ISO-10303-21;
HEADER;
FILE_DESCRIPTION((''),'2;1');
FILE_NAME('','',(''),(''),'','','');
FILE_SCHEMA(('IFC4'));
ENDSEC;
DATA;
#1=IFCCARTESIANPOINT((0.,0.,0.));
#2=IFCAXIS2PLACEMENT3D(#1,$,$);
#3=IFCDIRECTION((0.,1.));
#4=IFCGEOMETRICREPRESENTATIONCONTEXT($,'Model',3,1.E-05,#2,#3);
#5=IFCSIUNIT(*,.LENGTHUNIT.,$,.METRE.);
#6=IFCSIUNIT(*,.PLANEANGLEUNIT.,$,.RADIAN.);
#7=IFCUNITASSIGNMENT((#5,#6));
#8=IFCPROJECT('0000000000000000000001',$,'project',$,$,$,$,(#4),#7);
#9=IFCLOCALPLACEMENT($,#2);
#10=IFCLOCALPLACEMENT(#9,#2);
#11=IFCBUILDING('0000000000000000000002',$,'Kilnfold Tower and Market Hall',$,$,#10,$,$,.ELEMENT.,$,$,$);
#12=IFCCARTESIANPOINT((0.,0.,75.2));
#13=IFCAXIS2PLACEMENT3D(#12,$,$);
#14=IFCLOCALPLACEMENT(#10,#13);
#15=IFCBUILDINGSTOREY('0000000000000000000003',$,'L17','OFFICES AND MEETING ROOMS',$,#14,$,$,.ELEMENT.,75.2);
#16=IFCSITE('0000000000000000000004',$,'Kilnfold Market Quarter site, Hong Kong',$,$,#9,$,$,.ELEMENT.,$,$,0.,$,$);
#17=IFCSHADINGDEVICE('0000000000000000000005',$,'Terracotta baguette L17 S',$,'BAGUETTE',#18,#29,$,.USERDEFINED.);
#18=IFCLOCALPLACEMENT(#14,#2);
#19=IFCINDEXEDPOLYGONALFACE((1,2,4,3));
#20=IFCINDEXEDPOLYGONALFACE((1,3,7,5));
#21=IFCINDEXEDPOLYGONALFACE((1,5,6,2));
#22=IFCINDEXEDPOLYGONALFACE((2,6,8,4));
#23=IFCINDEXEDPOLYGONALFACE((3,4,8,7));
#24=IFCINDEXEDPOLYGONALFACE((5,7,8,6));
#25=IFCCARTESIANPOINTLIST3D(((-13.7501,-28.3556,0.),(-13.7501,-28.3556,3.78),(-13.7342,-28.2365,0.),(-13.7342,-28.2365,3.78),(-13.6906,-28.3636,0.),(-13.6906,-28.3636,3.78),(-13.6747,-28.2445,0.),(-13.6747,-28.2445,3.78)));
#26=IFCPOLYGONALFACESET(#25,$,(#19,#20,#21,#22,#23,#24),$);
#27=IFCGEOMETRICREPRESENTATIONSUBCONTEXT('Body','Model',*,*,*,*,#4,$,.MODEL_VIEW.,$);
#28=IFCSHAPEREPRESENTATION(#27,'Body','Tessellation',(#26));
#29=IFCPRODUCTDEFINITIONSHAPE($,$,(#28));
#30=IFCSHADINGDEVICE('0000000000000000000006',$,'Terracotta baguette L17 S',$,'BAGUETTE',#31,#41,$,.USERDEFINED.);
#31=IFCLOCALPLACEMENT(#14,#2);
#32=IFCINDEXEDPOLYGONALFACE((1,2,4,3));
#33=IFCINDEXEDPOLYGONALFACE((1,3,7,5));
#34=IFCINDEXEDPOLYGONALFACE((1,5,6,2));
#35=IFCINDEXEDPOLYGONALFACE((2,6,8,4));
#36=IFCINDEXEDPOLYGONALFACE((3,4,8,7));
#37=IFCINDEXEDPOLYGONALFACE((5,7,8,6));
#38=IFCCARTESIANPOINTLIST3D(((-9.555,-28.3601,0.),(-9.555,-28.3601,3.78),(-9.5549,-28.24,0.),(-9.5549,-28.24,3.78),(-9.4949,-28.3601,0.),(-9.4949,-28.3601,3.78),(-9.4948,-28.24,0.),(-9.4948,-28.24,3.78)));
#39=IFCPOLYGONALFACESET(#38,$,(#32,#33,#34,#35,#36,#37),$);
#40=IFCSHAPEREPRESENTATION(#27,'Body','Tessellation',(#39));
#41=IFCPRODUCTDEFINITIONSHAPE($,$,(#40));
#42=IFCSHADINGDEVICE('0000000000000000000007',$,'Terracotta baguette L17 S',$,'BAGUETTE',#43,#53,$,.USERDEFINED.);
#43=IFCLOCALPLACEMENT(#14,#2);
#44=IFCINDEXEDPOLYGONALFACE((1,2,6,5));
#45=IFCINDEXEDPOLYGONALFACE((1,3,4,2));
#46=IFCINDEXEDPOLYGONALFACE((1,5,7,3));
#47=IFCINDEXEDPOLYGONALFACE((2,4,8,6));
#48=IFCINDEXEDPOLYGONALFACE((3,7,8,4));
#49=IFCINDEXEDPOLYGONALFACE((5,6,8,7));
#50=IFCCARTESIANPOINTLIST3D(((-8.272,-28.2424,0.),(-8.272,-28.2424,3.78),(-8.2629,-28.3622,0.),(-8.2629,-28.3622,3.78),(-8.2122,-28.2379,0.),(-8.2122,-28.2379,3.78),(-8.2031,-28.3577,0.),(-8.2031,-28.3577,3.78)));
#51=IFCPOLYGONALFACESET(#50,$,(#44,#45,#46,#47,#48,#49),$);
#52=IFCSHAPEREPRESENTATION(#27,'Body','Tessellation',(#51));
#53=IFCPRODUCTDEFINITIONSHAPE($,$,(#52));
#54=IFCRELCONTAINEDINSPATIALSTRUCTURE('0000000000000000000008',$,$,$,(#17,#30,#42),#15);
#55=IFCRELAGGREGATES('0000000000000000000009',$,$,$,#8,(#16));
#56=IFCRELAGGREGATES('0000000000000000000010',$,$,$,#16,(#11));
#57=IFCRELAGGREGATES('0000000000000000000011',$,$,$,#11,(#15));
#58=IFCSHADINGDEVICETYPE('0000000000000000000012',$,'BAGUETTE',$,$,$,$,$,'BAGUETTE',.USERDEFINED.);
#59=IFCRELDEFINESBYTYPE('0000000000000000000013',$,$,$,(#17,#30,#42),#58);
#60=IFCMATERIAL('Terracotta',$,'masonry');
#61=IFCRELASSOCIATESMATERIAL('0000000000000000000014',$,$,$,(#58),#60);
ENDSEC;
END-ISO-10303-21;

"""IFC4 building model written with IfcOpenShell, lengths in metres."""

from ifc_helpers import new_model, si_unit, direction, frame, origin, origin_2d, place, context, subcontext, project, spatial, rectangle, extrude, source, transform, mapped, material, material_profile, profile_set, type_object, element, save


model = new_model("IFC4")

# Units and contexts
model_context = context("Model", 3, precision=1e-05, world=origin(), true_north=direction((0.0, 1.0)))
body_context = subcontext(model_context, "Body", "Model", "MODEL_VIEW")
ifc_project = project(units=[si_unit("LENGTHUNIT", "METRE"), si_unit("PLANEANGLEUNIT", "RADIAN")], contexts=[model_context])

# Site, building, storey
site_placement = place(None, origin())
site = spatial("IfcSite", under=ifc_project, at=site_placement, Name="Kilnfold Market Quarter site, Hong Kong", CompositionType="ELEMENT", RefElevation=0.0)
building_placement = place(site_placement, origin())
building = spatial("IfcBuilding", under=site, at=building_placement, Name="Kilnfold Tower and Market Hall", CompositionType="ELEMENT")
storey_placement = place(building_placement, frame((0.0, 0.0, 75.2)))
storey = spatial("IfcBuildingStorey", under=building, at=storey_placement, Name="L17", Description="OFFICES AND MEETING ROOMS", CompositionType="ELEMENT", Elevation=75.2)

# Shading devices
ifc_material_1 = material(Name="Terracotta", Category="masonry")
ifc_material_profile_1 = material_profile(ifc_material_1, rectangle(XDim=0.0601, YDim=0.1201, at=origin_2d()), Name="BAG 60x120")
ifc_profile_set_1 = profile_set([ifc_material_profile_1], Name="Terracotta")
shading_device_type = type_object("IfcShadingDeviceType", Name="BAGUETTE", ElementType="BAGUETTE", PredefinedType="USERDEFINED", material=ifc_profile_set_1)
shared_shape_1 = source(origin(), body_context, "Body", "SweptSolid", [
    extrude(rectangle(XDim=0.0601, YDim=0.1201, at=origin_2d()), origin(), (0.0, 0.0, 1.0), 3.78),
])
for number, where, z_axis, x_axis, name in (
    (1, (-13.7124, -28.3, 0.0), (0.0, 0.0, 1.0), (0.991182, -0.132507, 0.0), "Terracotta baguette L17 S"),
    (2, (-9.5249, -28.3, 0.0), (0.0, 0.0, 1.0), (1.0, -0.000438, 0.0), "Terracotta baguette L17 S"),
    (3, (-8.2375, -28.3, 0.0), (0.0, 0.0, 1.0), (0.997121, 0.075825, 0.0), "Terracotta baguette L17 S"),
):
    element("IfcShadingDevice", number, at=place(storey_placement, frame(where, z_axis=z_axis, x_axis=x_axis)), inside=storey, type_object=shading_device_type, Name=name, ObjectType="BAGUETTE", PredefinedType="USERDEFINED", context=body_context, shape_type="MappedRepresentation", body=[
        mapped(shared_shape_1, transform((0.0, 0.0, 0.0))),
    ])

save(model, "model.ifc")
